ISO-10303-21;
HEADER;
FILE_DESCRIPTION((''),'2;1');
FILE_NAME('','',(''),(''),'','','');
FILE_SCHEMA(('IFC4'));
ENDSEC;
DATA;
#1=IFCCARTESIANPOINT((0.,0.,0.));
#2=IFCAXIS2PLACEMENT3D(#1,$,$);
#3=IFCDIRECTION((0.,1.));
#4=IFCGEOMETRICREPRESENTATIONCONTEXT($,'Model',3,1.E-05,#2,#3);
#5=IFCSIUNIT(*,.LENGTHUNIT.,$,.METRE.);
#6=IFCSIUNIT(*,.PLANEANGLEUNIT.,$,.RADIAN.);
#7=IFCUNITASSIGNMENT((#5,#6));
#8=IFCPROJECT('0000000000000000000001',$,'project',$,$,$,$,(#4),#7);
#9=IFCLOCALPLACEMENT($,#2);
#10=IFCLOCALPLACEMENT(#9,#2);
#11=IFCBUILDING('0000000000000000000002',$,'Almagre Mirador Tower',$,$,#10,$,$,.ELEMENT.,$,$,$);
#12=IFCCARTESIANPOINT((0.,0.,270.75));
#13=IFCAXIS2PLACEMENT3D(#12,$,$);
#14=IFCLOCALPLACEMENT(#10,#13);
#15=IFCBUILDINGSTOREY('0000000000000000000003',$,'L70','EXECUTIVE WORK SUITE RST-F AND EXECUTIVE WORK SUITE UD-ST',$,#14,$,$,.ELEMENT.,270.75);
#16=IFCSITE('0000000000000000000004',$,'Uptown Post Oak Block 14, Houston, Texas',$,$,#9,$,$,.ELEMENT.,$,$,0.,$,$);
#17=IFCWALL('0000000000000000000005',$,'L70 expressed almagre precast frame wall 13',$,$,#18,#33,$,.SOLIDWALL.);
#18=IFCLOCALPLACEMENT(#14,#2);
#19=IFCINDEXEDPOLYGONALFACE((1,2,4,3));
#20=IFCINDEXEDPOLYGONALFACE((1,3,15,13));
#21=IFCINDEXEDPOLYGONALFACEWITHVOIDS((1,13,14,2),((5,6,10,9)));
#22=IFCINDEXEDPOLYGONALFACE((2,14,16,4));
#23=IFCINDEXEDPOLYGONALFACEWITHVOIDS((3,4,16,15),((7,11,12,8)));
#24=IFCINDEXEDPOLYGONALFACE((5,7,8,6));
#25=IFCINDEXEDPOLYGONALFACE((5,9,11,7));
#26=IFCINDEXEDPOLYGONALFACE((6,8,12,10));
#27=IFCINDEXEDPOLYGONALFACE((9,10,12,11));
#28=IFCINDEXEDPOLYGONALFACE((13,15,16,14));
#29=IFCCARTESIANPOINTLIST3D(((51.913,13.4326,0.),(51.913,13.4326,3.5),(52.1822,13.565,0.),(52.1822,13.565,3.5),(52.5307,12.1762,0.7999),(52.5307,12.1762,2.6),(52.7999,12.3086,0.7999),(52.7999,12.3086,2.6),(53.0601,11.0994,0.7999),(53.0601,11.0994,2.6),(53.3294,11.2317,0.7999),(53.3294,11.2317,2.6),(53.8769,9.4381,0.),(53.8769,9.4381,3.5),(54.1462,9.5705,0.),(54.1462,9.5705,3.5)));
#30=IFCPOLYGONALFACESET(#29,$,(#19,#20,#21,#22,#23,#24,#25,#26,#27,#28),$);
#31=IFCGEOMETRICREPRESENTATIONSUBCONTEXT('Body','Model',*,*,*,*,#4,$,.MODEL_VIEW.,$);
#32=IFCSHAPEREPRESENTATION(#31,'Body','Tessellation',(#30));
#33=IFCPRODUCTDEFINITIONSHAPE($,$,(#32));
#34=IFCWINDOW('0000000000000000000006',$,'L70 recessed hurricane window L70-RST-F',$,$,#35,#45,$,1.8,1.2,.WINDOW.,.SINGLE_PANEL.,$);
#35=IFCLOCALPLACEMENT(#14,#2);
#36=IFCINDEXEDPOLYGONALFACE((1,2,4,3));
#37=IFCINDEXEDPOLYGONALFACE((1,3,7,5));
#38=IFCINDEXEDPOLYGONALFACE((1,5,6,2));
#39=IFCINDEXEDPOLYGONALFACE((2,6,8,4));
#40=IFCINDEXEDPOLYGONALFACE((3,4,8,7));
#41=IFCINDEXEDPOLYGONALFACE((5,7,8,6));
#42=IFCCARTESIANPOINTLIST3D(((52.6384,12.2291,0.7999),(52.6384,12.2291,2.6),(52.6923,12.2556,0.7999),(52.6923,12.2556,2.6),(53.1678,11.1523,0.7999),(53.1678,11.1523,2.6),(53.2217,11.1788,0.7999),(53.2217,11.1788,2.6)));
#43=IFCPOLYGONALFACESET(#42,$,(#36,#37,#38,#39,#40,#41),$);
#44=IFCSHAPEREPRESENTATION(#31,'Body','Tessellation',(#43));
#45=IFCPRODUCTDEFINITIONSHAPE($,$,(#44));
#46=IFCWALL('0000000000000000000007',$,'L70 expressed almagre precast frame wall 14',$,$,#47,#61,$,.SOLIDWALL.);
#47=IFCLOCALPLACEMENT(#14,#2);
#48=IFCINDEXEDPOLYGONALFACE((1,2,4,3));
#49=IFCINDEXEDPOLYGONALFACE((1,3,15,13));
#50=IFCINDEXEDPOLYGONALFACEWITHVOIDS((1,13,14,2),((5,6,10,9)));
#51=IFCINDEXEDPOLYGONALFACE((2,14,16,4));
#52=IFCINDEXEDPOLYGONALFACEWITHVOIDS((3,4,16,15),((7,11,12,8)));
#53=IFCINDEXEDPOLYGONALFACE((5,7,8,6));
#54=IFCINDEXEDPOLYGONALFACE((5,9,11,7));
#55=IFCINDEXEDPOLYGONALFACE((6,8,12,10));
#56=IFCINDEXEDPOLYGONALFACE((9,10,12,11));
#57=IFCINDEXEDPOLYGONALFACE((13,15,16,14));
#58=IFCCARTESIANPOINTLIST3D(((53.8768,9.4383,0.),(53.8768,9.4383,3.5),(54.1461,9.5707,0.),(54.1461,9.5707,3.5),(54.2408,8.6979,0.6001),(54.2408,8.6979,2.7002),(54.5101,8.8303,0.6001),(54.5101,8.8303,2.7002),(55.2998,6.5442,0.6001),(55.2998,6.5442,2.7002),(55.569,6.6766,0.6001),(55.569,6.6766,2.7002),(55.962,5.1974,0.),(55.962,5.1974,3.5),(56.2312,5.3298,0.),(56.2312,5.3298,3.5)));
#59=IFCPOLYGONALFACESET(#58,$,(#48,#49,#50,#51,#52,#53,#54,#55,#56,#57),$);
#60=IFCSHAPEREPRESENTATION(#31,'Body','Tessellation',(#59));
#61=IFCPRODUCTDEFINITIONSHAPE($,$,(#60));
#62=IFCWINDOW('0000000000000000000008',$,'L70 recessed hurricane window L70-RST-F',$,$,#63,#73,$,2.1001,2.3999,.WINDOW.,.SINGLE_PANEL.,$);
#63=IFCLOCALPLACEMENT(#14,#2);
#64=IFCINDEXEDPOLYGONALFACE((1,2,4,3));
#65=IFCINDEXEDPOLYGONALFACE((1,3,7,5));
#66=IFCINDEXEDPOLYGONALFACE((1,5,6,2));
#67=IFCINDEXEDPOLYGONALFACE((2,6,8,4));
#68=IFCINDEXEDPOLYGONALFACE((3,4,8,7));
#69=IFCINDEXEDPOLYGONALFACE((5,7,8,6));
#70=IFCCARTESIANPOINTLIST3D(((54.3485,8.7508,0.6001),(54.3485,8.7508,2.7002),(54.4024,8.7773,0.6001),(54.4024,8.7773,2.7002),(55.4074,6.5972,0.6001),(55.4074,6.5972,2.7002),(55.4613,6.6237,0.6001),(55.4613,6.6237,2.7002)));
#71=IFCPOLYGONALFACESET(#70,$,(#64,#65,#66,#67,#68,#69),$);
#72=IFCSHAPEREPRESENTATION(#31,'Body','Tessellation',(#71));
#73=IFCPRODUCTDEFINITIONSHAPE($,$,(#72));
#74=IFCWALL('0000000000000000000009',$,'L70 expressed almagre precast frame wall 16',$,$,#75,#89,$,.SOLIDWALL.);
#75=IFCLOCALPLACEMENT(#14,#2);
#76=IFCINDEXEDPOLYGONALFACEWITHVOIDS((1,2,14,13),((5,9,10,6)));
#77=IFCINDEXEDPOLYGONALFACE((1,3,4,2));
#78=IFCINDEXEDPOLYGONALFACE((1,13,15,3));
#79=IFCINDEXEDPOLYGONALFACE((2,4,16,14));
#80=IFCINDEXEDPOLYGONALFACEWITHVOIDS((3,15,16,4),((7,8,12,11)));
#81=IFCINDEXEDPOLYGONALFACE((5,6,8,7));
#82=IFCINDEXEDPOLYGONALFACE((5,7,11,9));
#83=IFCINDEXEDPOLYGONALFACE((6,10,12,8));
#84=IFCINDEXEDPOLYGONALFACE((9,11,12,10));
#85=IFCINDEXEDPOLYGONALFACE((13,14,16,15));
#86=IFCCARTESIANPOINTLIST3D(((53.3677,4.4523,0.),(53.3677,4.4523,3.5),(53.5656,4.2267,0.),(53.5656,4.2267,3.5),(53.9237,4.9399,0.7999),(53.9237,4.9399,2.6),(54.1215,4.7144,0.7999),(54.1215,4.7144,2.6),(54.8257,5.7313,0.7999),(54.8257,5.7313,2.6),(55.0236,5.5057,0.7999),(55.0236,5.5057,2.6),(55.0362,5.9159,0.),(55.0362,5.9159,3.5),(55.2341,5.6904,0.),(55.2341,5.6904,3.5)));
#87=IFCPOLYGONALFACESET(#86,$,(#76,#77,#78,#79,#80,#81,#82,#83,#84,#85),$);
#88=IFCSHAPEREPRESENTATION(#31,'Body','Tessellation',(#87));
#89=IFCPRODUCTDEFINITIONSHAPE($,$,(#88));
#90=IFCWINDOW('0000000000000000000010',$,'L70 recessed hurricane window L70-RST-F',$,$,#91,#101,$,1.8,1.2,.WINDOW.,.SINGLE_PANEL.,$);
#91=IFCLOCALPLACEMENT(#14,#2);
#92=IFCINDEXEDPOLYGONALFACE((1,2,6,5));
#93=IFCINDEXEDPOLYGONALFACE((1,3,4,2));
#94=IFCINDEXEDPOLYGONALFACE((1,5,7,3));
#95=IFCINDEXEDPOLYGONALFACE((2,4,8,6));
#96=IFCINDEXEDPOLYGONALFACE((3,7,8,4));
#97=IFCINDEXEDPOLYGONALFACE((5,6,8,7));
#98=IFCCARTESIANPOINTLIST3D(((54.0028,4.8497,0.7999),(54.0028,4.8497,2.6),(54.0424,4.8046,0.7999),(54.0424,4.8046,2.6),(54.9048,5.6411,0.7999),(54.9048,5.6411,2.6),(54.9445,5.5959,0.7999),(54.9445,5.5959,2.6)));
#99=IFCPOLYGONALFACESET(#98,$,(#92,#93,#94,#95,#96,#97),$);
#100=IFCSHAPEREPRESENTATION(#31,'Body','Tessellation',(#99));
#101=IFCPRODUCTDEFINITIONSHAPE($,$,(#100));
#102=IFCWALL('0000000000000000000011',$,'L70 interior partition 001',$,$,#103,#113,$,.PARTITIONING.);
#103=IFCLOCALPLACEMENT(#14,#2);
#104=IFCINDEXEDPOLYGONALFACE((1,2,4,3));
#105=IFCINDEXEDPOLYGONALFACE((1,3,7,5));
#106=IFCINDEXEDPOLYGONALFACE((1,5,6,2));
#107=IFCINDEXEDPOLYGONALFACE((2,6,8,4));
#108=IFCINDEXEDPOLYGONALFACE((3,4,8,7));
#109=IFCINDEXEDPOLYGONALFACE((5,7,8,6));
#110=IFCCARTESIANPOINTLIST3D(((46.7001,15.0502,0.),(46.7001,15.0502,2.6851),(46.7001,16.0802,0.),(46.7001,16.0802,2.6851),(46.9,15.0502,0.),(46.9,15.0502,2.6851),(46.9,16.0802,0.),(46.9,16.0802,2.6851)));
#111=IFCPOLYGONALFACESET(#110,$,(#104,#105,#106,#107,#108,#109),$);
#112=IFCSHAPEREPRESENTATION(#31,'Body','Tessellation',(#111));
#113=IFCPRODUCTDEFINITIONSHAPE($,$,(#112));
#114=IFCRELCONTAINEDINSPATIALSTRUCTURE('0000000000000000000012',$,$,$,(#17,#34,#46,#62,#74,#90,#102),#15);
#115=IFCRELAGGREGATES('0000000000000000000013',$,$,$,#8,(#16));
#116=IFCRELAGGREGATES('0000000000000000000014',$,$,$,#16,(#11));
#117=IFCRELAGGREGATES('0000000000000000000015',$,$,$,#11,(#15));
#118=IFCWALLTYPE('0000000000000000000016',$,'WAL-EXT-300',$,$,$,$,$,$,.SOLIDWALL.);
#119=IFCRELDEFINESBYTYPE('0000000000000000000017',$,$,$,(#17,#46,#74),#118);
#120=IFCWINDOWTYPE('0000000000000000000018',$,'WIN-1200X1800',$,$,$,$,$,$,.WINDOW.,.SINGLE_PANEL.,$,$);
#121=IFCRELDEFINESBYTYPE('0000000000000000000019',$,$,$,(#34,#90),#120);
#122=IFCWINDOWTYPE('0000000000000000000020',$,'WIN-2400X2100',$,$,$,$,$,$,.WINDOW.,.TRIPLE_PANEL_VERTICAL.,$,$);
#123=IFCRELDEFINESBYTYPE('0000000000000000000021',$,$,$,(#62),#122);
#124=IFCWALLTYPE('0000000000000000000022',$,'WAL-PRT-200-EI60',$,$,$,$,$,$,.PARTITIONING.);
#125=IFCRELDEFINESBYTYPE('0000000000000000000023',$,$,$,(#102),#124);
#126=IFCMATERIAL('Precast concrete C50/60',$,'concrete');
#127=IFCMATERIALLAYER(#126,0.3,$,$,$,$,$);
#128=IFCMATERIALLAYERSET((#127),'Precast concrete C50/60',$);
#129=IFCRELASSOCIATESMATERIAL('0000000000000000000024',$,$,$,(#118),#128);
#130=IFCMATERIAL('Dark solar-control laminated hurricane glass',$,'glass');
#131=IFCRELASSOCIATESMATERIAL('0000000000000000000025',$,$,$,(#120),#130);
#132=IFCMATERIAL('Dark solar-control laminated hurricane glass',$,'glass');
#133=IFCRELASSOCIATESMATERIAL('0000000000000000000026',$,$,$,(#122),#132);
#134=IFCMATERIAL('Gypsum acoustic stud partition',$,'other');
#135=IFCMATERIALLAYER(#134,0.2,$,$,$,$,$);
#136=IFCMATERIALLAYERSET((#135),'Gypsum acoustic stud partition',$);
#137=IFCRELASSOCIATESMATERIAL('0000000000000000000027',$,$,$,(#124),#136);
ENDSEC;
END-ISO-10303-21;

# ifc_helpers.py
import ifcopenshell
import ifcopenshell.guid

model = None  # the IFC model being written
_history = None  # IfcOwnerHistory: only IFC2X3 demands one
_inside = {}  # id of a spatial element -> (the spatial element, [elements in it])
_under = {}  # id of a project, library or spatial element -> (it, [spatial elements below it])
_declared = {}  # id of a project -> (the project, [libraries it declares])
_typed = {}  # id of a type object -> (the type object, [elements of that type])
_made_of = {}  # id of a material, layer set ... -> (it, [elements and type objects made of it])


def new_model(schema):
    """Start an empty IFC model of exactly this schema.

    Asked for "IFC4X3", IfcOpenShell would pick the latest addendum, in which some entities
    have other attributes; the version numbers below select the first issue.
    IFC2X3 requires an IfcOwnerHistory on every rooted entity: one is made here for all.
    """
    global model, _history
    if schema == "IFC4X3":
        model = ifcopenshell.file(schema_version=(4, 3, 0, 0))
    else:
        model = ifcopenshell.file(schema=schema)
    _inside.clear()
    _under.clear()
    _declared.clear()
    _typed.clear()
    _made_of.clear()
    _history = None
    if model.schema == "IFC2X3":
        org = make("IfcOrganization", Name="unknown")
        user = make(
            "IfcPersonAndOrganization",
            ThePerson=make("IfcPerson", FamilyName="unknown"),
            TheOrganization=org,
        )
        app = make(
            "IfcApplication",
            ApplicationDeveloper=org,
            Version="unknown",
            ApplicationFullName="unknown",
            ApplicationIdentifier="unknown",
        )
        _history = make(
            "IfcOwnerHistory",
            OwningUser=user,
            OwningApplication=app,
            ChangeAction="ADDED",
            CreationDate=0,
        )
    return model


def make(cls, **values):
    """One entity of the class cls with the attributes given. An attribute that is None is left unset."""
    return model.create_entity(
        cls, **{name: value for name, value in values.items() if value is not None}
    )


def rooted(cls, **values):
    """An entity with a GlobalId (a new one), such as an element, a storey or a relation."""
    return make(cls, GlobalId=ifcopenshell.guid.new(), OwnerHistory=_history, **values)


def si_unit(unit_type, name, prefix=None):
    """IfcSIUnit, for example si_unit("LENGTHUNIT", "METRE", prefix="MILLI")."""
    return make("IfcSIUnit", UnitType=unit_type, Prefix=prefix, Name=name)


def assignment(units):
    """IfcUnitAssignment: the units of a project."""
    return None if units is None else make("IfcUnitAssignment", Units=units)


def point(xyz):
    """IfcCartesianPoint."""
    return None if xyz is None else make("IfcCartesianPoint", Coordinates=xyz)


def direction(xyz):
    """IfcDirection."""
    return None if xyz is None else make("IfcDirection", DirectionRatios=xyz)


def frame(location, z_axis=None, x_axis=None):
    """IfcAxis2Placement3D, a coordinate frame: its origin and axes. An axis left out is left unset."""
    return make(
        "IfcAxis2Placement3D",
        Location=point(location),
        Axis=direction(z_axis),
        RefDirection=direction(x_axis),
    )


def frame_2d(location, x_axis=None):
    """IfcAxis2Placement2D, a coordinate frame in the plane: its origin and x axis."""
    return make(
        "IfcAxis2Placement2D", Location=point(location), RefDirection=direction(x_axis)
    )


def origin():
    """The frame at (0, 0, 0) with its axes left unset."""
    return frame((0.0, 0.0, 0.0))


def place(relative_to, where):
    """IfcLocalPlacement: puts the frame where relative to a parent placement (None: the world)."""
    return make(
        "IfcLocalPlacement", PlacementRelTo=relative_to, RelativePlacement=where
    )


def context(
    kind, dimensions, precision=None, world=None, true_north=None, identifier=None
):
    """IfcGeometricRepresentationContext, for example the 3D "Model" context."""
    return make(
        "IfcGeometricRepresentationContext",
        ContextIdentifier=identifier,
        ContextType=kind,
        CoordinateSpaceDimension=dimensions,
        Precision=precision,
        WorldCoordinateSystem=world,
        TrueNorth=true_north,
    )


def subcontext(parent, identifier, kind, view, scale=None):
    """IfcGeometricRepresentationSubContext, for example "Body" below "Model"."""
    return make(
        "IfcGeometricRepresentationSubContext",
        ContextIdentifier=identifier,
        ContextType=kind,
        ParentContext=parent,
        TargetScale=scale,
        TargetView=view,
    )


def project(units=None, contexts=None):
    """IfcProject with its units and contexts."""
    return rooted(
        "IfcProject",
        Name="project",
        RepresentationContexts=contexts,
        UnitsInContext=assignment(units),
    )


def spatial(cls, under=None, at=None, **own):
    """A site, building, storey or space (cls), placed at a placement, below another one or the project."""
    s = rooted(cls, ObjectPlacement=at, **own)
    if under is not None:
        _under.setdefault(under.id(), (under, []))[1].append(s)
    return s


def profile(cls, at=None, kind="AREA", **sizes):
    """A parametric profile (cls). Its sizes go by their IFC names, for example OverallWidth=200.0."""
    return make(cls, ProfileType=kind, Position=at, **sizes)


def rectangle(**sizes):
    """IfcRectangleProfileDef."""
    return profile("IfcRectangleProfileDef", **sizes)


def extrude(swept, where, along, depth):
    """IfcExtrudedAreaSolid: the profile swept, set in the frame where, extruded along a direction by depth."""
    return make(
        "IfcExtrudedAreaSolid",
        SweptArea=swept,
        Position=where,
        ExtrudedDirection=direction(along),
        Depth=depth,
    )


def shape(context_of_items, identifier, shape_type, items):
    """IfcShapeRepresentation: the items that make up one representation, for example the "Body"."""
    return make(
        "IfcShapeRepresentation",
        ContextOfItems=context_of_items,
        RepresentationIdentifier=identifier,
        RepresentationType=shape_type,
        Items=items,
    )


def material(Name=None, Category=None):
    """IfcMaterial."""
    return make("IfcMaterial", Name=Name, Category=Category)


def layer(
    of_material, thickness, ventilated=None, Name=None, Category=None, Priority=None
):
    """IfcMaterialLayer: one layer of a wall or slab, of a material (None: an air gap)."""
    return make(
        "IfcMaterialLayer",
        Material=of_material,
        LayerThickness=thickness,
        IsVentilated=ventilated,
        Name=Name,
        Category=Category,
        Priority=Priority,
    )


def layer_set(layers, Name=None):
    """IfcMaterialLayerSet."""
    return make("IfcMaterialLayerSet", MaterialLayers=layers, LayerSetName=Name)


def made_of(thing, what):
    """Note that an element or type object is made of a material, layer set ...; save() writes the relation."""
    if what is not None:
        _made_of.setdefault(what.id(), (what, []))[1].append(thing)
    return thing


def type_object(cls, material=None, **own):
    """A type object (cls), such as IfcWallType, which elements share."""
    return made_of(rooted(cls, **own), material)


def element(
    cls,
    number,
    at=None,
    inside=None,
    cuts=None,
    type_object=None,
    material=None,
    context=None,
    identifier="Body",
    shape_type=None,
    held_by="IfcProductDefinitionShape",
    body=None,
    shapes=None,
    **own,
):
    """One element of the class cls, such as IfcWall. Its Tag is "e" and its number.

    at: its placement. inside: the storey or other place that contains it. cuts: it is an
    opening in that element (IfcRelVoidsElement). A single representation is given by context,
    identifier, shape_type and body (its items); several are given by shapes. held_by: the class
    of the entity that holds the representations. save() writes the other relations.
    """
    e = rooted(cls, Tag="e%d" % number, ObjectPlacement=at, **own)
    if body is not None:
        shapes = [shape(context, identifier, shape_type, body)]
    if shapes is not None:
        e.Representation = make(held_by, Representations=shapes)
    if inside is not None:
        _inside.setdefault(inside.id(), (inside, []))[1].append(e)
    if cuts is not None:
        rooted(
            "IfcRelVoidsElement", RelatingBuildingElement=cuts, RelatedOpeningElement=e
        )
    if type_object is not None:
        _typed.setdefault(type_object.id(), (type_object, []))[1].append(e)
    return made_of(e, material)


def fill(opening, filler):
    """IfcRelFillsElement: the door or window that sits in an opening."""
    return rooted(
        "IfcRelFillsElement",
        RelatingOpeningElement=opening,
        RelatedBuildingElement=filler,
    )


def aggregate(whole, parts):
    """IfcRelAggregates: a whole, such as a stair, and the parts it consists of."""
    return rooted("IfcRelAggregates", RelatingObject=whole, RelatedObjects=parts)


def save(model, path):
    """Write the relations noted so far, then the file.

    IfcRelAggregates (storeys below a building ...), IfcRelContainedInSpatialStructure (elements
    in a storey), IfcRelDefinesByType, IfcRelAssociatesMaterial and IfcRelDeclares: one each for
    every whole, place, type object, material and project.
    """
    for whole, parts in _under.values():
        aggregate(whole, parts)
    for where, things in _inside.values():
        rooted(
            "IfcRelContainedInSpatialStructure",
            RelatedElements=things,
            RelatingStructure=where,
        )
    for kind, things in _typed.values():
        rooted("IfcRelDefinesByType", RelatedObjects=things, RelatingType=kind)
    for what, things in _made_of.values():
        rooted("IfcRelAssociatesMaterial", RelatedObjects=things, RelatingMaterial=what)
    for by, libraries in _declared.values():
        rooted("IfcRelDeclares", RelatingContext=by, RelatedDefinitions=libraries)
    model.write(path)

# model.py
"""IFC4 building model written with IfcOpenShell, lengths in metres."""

from ifc_helpers import new_model, si_unit, direction, frame, frame_2d, origin, place, context, subcontext, project, spatial, rectangle, extrude, material, layer, layer_set, type_object, element, fill, save


model = new_model("IFC4")

# Units and contexts
model_context = context("Model", 3, precision=1e-05, world=origin(), true_north=direction((0.0, 1.0)))
body_context = subcontext(model_context, "Body", "Model", "MODEL_VIEW")
ifc_project = project(units=[si_unit("LENGTHUNIT", "METRE"), si_unit("PLANEANGLEUNIT", "RADIAN")], contexts=[model_context])

# Site, building, storey
site_placement = place(None, origin())
site = spatial("IfcSite", under=ifc_project, at=site_placement, Name="Uptown Post Oak Block 14, Houston, Texas", CompositionType="ELEMENT", RefElevation=0.0)
building_placement = place(site_placement, origin())
building = spatial("IfcBuilding", under=site, at=building_placement, Name="Almagre Mirador Tower", CompositionType="ELEMENT")
storey_placement = place(building_placement, frame((0.0, 0.0, 270.75)))
storey = spatial("IfcBuildingStorey", under=building, at=storey_placement, Name="L70", Description="EXECUTIVE WORK SUITE RST-F AND EXECUTIVE WORK SUITE UD-ST", CompositionType="ELEMENT", Elevation=270.75)

# Shared definitions
ifc_material_1 = material(Name="Precast concrete C50/60", Category="concrete")
ifc_layer_1 = layer(ifc_material_1, 0.3)
ifc_layer_set_1 = layer_set([ifc_layer_1], Name="Precast concrete C50/60")
wall_type_1 = type_object("IfcWallType", Name="WAL-EXT-300", PredefinedType="SOLIDWALL", material=ifc_layer_set_1)

# Walls, openings, windows
wall_1_placement = place(storey_placement, frame((52.0476, 13.4988, 0.0), z_axis=(0.0, 0.0, 1.0), x_axis=(0.441214, -0.897402, 0.0)))
wall_1 = element("IfcWall", 1, at=wall_1_placement, inside=storey, type_object=wall_type_1, Name="L70 expressed almagre precast frame wall 13", PredefinedType="SOLIDWALL", context=body_context, shape_type="SweptSolid", body=[
    extrude(rectangle(XDim=4.4512, YDim=0.3, at=frame_2d((2.2256, 0.0))), origin(), (0.0, 0.0, 1.0), 3.5),
])
opening_1_placement = place(wall_1_placement, frame((1.3999, 0.0, 0.8)))
opening_1 = element("IfcOpeningElement", 2, at=opening_1_placement, cuts=wall_1, PredefinedType="OPENING", context=body_context, shape_type="SweptSolid", body=[
    extrude(rectangle(XDim=1.2, YDim=1.8, at=frame_2d((0.6001, 0.8999))), frame((0.0, 0.1599, 0.0), z_axis=(0.0, -1.0, 0.0), x_axis=(1.0, 0.0, 0.0)), (0.0, 0.0, 1.0), 0.32),
])
ifc_material_2 = material(Name="Dark solar-control laminated hurricane glass", Category="glass")
window_type_1 = type_object("IfcWindowType", Name="WIN-1200X1800", PartitioningType="SINGLE_PANEL", PredefinedType="WINDOW", material=ifc_material_2)
window_1_placement = place(opening_1_placement, origin())
window_1 = element("IfcWindow", 3, at=window_1_placement, inside=storey, type_object=window_type_1, Name="L70 recessed hurricane window L70-RST-F", OverallHeight=1.8, OverallWidth=1.2, PartitioningType="SINGLE_PANEL", PredefinedType="WINDOW", context=body_context, shape_type="SweptSolid", body=[
    extrude(rectangle(XDim=1.2, YDim=1.8, at=frame_2d((0.6001, 0.8999))), frame((0.0, 0.03, 0.0), z_axis=(0.0, -1.0, 0.0), x_axis=(1.0, 0.0, 0.0)), (0.0, 0.0, 1.0), 0.0601),
])
fill(opening_1, window_1)
wall_2_placement = place(storey_placement, frame((54.0115, 9.5044, 0.0), z_axis=(0.0, 0.0, 1.0), x_axis=(0.441232, -0.897393, 0.0)))
wall_2 = element("IfcWall", 4, at=wall_2_placement, inside=storey, type_object=wall_type_1, Name="L70 expressed almagre precast frame wall 14", PredefinedType="SOLIDWALL", context=body_context, shape_type="SweptSolid", body=[
    extrude(rectangle(XDim=4.7258, YDim=0.3, at=frame_2d((2.3628, 0.0))), origin(), (0.0, 0.0, 1.0), 3.5),
])
opening_2_placement = place(wall_2_placement, frame((0.825, 0.0, 0.6001)))
opening_2 = element("IfcOpeningElement", 5, at=opening_2_placement, cuts=wall_2, PredefinedType="OPENING", context=body_context, shape_type="SweptSolid", body=[
    extrude(rectangle(XDim=2.3999, YDim=2.1001, at=frame_2d((1.2, 1.05))), frame((0.0, 0.1599, 0.0), z_axis=(0.0, -1.0, 0.0), x_axis=(1.0, 0.0, 0.0)), (0.0, 0.0, 1.0), 0.32),
])
ifc_material_3 = material(Name="Dark solar-control laminated hurricane glass", Category="glass")
window_type_2 = type_object("IfcWindowType", Name="WIN-2400X2100", PartitioningType="TRIPLE_PANEL_VERTICAL", PredefinedType="WINDOW", material=ifc_material_3)
window_2_placement = place(opening_2_placement, origin())
window_2 = element("IfcWindow", 6, at=window_2_placement, inside=storey, type_object=window_type_2, Name="L70 recessed hurricane window L70-RST-F", OverallHeight=2.1001, OverallWidth=2.3999, PartitioningType="SINGLE_PANEL", PredefinedType="WINDOW", context=body_context, shape_type="SweptSolid", body=[
    extrude(rectangle(XDim=2.3999, YDim=2.1001, at=frame_2d((1.2, 1.05))), frame((0.0, 0.03, 0.0), z_axis=(0.0, -1.0, 0.0), x_axis=(1.0, 0.0, 0.0)), (0.0, 0.0, 1.0), 0.0601),
])
fill(opening_2, window_2)
wall_3_placement = place(storey_placement, frame((55.1353, 5.8032, 0.0), z_axis=(0.0, 0.0, 1.0), x_axis=(-0.751745, -0.659454, 0.0)))
wall_3 = element("IfcWall", 7, at=wall_3_placement, inside=storey, type_object=wall_type_1, Name="L70 expressed almagre precast frame wall 16", PredefinedType="SOLIDWALL", context=body_context, shape_type="SweptSolid", body=[
    extrude(rectangle(XDim=2.2195, YDim=0.3, at=frame_2d((1.1099, 0.0))), origin(), (0.0, 0.0, 1.0), 3.5),
])
opening_3_placement = place(wall_3_placement, frame((0.28, 0.0, 0.8)))
opening_3 = element("IfcOpeningElement", 8, at=opening_3_placement, cuts=wall_3, PredefinedType="OPENING", context=body_context, shape_type="SweptSolid", body=[
    extrude(rectangle(XDim=1.2, YDim=1.8, at=frame_2d((0.6001, 0.8999))), frame((0.0, 0.1599, 0.0), z_axis=(0.0, -1.0, 0.0), x_axis=(1.0, 0.0, 0.0)), (0.0, 0.0, 1.0), 0.32),
])
window_3_placement = place(opening_3_placement, origin())
window_3 = element("IfcWindow", 9, at=window_3_placement, inside=storey, type_object=window_type_1, Name="L70 recessed hurricane window L70-RST-F", OverallHeight=1.8, OverallWidth=1.2, PartitioningType="SINGLE_PANEL", PredefinedType="WINDOW", context=body_context, shape_type="SweptSolid", body=[
    extrude(rectangle(XDim=1.2, YDim=1.8, at=frame_2d((0.6001, 0.8999))), frame((0.0, 0.03, 0.0), z_axis=(0.0, -1.0, 0.0), x_axis=(1.0, 0.0, 0.0)), (0.0, 0.0, 1.0), 0.0601),
])
fill(opening_3, window_3)

# Wall
ifc_material_4 = material(Name="Gypsum acoustic stud partition", Category="other")
ifc_layer_2 = layer(ifc_material_4, 0.2)
ifc_layer_set_2 = layer_set([ifc_layer_2], Name="Gypsum acoustic stud partition")
wall_type_2 = type_object("IfcWallType", Name="WAL-PRT-200-EI60", PredefinedType="PARTITIONING", material=ifc_layer_set_2)
wall_4_placement = place(storey_placement, frame((46.8, 15.05, 0.0), z_axis=(0.0, 0.0, 1.0), x_axis=(0.0, 1.0, 0.0)))
element("IfcWall", 10, at=wall_4_placement, inside=storey, type_object=wall_type_2, Name="L70 interior partition 001", PredefinedType="PARTITIONING", context=body_context, shape_type="SweptSolid", body=[
    extrude(rectangle(XDim=1.03, YDim=0.2, at=frame_2d((0.5151, 0.0))), origin(), (0.0, 0.0, 1.0), 2.6851),
])

save(model, "model.ifc")
